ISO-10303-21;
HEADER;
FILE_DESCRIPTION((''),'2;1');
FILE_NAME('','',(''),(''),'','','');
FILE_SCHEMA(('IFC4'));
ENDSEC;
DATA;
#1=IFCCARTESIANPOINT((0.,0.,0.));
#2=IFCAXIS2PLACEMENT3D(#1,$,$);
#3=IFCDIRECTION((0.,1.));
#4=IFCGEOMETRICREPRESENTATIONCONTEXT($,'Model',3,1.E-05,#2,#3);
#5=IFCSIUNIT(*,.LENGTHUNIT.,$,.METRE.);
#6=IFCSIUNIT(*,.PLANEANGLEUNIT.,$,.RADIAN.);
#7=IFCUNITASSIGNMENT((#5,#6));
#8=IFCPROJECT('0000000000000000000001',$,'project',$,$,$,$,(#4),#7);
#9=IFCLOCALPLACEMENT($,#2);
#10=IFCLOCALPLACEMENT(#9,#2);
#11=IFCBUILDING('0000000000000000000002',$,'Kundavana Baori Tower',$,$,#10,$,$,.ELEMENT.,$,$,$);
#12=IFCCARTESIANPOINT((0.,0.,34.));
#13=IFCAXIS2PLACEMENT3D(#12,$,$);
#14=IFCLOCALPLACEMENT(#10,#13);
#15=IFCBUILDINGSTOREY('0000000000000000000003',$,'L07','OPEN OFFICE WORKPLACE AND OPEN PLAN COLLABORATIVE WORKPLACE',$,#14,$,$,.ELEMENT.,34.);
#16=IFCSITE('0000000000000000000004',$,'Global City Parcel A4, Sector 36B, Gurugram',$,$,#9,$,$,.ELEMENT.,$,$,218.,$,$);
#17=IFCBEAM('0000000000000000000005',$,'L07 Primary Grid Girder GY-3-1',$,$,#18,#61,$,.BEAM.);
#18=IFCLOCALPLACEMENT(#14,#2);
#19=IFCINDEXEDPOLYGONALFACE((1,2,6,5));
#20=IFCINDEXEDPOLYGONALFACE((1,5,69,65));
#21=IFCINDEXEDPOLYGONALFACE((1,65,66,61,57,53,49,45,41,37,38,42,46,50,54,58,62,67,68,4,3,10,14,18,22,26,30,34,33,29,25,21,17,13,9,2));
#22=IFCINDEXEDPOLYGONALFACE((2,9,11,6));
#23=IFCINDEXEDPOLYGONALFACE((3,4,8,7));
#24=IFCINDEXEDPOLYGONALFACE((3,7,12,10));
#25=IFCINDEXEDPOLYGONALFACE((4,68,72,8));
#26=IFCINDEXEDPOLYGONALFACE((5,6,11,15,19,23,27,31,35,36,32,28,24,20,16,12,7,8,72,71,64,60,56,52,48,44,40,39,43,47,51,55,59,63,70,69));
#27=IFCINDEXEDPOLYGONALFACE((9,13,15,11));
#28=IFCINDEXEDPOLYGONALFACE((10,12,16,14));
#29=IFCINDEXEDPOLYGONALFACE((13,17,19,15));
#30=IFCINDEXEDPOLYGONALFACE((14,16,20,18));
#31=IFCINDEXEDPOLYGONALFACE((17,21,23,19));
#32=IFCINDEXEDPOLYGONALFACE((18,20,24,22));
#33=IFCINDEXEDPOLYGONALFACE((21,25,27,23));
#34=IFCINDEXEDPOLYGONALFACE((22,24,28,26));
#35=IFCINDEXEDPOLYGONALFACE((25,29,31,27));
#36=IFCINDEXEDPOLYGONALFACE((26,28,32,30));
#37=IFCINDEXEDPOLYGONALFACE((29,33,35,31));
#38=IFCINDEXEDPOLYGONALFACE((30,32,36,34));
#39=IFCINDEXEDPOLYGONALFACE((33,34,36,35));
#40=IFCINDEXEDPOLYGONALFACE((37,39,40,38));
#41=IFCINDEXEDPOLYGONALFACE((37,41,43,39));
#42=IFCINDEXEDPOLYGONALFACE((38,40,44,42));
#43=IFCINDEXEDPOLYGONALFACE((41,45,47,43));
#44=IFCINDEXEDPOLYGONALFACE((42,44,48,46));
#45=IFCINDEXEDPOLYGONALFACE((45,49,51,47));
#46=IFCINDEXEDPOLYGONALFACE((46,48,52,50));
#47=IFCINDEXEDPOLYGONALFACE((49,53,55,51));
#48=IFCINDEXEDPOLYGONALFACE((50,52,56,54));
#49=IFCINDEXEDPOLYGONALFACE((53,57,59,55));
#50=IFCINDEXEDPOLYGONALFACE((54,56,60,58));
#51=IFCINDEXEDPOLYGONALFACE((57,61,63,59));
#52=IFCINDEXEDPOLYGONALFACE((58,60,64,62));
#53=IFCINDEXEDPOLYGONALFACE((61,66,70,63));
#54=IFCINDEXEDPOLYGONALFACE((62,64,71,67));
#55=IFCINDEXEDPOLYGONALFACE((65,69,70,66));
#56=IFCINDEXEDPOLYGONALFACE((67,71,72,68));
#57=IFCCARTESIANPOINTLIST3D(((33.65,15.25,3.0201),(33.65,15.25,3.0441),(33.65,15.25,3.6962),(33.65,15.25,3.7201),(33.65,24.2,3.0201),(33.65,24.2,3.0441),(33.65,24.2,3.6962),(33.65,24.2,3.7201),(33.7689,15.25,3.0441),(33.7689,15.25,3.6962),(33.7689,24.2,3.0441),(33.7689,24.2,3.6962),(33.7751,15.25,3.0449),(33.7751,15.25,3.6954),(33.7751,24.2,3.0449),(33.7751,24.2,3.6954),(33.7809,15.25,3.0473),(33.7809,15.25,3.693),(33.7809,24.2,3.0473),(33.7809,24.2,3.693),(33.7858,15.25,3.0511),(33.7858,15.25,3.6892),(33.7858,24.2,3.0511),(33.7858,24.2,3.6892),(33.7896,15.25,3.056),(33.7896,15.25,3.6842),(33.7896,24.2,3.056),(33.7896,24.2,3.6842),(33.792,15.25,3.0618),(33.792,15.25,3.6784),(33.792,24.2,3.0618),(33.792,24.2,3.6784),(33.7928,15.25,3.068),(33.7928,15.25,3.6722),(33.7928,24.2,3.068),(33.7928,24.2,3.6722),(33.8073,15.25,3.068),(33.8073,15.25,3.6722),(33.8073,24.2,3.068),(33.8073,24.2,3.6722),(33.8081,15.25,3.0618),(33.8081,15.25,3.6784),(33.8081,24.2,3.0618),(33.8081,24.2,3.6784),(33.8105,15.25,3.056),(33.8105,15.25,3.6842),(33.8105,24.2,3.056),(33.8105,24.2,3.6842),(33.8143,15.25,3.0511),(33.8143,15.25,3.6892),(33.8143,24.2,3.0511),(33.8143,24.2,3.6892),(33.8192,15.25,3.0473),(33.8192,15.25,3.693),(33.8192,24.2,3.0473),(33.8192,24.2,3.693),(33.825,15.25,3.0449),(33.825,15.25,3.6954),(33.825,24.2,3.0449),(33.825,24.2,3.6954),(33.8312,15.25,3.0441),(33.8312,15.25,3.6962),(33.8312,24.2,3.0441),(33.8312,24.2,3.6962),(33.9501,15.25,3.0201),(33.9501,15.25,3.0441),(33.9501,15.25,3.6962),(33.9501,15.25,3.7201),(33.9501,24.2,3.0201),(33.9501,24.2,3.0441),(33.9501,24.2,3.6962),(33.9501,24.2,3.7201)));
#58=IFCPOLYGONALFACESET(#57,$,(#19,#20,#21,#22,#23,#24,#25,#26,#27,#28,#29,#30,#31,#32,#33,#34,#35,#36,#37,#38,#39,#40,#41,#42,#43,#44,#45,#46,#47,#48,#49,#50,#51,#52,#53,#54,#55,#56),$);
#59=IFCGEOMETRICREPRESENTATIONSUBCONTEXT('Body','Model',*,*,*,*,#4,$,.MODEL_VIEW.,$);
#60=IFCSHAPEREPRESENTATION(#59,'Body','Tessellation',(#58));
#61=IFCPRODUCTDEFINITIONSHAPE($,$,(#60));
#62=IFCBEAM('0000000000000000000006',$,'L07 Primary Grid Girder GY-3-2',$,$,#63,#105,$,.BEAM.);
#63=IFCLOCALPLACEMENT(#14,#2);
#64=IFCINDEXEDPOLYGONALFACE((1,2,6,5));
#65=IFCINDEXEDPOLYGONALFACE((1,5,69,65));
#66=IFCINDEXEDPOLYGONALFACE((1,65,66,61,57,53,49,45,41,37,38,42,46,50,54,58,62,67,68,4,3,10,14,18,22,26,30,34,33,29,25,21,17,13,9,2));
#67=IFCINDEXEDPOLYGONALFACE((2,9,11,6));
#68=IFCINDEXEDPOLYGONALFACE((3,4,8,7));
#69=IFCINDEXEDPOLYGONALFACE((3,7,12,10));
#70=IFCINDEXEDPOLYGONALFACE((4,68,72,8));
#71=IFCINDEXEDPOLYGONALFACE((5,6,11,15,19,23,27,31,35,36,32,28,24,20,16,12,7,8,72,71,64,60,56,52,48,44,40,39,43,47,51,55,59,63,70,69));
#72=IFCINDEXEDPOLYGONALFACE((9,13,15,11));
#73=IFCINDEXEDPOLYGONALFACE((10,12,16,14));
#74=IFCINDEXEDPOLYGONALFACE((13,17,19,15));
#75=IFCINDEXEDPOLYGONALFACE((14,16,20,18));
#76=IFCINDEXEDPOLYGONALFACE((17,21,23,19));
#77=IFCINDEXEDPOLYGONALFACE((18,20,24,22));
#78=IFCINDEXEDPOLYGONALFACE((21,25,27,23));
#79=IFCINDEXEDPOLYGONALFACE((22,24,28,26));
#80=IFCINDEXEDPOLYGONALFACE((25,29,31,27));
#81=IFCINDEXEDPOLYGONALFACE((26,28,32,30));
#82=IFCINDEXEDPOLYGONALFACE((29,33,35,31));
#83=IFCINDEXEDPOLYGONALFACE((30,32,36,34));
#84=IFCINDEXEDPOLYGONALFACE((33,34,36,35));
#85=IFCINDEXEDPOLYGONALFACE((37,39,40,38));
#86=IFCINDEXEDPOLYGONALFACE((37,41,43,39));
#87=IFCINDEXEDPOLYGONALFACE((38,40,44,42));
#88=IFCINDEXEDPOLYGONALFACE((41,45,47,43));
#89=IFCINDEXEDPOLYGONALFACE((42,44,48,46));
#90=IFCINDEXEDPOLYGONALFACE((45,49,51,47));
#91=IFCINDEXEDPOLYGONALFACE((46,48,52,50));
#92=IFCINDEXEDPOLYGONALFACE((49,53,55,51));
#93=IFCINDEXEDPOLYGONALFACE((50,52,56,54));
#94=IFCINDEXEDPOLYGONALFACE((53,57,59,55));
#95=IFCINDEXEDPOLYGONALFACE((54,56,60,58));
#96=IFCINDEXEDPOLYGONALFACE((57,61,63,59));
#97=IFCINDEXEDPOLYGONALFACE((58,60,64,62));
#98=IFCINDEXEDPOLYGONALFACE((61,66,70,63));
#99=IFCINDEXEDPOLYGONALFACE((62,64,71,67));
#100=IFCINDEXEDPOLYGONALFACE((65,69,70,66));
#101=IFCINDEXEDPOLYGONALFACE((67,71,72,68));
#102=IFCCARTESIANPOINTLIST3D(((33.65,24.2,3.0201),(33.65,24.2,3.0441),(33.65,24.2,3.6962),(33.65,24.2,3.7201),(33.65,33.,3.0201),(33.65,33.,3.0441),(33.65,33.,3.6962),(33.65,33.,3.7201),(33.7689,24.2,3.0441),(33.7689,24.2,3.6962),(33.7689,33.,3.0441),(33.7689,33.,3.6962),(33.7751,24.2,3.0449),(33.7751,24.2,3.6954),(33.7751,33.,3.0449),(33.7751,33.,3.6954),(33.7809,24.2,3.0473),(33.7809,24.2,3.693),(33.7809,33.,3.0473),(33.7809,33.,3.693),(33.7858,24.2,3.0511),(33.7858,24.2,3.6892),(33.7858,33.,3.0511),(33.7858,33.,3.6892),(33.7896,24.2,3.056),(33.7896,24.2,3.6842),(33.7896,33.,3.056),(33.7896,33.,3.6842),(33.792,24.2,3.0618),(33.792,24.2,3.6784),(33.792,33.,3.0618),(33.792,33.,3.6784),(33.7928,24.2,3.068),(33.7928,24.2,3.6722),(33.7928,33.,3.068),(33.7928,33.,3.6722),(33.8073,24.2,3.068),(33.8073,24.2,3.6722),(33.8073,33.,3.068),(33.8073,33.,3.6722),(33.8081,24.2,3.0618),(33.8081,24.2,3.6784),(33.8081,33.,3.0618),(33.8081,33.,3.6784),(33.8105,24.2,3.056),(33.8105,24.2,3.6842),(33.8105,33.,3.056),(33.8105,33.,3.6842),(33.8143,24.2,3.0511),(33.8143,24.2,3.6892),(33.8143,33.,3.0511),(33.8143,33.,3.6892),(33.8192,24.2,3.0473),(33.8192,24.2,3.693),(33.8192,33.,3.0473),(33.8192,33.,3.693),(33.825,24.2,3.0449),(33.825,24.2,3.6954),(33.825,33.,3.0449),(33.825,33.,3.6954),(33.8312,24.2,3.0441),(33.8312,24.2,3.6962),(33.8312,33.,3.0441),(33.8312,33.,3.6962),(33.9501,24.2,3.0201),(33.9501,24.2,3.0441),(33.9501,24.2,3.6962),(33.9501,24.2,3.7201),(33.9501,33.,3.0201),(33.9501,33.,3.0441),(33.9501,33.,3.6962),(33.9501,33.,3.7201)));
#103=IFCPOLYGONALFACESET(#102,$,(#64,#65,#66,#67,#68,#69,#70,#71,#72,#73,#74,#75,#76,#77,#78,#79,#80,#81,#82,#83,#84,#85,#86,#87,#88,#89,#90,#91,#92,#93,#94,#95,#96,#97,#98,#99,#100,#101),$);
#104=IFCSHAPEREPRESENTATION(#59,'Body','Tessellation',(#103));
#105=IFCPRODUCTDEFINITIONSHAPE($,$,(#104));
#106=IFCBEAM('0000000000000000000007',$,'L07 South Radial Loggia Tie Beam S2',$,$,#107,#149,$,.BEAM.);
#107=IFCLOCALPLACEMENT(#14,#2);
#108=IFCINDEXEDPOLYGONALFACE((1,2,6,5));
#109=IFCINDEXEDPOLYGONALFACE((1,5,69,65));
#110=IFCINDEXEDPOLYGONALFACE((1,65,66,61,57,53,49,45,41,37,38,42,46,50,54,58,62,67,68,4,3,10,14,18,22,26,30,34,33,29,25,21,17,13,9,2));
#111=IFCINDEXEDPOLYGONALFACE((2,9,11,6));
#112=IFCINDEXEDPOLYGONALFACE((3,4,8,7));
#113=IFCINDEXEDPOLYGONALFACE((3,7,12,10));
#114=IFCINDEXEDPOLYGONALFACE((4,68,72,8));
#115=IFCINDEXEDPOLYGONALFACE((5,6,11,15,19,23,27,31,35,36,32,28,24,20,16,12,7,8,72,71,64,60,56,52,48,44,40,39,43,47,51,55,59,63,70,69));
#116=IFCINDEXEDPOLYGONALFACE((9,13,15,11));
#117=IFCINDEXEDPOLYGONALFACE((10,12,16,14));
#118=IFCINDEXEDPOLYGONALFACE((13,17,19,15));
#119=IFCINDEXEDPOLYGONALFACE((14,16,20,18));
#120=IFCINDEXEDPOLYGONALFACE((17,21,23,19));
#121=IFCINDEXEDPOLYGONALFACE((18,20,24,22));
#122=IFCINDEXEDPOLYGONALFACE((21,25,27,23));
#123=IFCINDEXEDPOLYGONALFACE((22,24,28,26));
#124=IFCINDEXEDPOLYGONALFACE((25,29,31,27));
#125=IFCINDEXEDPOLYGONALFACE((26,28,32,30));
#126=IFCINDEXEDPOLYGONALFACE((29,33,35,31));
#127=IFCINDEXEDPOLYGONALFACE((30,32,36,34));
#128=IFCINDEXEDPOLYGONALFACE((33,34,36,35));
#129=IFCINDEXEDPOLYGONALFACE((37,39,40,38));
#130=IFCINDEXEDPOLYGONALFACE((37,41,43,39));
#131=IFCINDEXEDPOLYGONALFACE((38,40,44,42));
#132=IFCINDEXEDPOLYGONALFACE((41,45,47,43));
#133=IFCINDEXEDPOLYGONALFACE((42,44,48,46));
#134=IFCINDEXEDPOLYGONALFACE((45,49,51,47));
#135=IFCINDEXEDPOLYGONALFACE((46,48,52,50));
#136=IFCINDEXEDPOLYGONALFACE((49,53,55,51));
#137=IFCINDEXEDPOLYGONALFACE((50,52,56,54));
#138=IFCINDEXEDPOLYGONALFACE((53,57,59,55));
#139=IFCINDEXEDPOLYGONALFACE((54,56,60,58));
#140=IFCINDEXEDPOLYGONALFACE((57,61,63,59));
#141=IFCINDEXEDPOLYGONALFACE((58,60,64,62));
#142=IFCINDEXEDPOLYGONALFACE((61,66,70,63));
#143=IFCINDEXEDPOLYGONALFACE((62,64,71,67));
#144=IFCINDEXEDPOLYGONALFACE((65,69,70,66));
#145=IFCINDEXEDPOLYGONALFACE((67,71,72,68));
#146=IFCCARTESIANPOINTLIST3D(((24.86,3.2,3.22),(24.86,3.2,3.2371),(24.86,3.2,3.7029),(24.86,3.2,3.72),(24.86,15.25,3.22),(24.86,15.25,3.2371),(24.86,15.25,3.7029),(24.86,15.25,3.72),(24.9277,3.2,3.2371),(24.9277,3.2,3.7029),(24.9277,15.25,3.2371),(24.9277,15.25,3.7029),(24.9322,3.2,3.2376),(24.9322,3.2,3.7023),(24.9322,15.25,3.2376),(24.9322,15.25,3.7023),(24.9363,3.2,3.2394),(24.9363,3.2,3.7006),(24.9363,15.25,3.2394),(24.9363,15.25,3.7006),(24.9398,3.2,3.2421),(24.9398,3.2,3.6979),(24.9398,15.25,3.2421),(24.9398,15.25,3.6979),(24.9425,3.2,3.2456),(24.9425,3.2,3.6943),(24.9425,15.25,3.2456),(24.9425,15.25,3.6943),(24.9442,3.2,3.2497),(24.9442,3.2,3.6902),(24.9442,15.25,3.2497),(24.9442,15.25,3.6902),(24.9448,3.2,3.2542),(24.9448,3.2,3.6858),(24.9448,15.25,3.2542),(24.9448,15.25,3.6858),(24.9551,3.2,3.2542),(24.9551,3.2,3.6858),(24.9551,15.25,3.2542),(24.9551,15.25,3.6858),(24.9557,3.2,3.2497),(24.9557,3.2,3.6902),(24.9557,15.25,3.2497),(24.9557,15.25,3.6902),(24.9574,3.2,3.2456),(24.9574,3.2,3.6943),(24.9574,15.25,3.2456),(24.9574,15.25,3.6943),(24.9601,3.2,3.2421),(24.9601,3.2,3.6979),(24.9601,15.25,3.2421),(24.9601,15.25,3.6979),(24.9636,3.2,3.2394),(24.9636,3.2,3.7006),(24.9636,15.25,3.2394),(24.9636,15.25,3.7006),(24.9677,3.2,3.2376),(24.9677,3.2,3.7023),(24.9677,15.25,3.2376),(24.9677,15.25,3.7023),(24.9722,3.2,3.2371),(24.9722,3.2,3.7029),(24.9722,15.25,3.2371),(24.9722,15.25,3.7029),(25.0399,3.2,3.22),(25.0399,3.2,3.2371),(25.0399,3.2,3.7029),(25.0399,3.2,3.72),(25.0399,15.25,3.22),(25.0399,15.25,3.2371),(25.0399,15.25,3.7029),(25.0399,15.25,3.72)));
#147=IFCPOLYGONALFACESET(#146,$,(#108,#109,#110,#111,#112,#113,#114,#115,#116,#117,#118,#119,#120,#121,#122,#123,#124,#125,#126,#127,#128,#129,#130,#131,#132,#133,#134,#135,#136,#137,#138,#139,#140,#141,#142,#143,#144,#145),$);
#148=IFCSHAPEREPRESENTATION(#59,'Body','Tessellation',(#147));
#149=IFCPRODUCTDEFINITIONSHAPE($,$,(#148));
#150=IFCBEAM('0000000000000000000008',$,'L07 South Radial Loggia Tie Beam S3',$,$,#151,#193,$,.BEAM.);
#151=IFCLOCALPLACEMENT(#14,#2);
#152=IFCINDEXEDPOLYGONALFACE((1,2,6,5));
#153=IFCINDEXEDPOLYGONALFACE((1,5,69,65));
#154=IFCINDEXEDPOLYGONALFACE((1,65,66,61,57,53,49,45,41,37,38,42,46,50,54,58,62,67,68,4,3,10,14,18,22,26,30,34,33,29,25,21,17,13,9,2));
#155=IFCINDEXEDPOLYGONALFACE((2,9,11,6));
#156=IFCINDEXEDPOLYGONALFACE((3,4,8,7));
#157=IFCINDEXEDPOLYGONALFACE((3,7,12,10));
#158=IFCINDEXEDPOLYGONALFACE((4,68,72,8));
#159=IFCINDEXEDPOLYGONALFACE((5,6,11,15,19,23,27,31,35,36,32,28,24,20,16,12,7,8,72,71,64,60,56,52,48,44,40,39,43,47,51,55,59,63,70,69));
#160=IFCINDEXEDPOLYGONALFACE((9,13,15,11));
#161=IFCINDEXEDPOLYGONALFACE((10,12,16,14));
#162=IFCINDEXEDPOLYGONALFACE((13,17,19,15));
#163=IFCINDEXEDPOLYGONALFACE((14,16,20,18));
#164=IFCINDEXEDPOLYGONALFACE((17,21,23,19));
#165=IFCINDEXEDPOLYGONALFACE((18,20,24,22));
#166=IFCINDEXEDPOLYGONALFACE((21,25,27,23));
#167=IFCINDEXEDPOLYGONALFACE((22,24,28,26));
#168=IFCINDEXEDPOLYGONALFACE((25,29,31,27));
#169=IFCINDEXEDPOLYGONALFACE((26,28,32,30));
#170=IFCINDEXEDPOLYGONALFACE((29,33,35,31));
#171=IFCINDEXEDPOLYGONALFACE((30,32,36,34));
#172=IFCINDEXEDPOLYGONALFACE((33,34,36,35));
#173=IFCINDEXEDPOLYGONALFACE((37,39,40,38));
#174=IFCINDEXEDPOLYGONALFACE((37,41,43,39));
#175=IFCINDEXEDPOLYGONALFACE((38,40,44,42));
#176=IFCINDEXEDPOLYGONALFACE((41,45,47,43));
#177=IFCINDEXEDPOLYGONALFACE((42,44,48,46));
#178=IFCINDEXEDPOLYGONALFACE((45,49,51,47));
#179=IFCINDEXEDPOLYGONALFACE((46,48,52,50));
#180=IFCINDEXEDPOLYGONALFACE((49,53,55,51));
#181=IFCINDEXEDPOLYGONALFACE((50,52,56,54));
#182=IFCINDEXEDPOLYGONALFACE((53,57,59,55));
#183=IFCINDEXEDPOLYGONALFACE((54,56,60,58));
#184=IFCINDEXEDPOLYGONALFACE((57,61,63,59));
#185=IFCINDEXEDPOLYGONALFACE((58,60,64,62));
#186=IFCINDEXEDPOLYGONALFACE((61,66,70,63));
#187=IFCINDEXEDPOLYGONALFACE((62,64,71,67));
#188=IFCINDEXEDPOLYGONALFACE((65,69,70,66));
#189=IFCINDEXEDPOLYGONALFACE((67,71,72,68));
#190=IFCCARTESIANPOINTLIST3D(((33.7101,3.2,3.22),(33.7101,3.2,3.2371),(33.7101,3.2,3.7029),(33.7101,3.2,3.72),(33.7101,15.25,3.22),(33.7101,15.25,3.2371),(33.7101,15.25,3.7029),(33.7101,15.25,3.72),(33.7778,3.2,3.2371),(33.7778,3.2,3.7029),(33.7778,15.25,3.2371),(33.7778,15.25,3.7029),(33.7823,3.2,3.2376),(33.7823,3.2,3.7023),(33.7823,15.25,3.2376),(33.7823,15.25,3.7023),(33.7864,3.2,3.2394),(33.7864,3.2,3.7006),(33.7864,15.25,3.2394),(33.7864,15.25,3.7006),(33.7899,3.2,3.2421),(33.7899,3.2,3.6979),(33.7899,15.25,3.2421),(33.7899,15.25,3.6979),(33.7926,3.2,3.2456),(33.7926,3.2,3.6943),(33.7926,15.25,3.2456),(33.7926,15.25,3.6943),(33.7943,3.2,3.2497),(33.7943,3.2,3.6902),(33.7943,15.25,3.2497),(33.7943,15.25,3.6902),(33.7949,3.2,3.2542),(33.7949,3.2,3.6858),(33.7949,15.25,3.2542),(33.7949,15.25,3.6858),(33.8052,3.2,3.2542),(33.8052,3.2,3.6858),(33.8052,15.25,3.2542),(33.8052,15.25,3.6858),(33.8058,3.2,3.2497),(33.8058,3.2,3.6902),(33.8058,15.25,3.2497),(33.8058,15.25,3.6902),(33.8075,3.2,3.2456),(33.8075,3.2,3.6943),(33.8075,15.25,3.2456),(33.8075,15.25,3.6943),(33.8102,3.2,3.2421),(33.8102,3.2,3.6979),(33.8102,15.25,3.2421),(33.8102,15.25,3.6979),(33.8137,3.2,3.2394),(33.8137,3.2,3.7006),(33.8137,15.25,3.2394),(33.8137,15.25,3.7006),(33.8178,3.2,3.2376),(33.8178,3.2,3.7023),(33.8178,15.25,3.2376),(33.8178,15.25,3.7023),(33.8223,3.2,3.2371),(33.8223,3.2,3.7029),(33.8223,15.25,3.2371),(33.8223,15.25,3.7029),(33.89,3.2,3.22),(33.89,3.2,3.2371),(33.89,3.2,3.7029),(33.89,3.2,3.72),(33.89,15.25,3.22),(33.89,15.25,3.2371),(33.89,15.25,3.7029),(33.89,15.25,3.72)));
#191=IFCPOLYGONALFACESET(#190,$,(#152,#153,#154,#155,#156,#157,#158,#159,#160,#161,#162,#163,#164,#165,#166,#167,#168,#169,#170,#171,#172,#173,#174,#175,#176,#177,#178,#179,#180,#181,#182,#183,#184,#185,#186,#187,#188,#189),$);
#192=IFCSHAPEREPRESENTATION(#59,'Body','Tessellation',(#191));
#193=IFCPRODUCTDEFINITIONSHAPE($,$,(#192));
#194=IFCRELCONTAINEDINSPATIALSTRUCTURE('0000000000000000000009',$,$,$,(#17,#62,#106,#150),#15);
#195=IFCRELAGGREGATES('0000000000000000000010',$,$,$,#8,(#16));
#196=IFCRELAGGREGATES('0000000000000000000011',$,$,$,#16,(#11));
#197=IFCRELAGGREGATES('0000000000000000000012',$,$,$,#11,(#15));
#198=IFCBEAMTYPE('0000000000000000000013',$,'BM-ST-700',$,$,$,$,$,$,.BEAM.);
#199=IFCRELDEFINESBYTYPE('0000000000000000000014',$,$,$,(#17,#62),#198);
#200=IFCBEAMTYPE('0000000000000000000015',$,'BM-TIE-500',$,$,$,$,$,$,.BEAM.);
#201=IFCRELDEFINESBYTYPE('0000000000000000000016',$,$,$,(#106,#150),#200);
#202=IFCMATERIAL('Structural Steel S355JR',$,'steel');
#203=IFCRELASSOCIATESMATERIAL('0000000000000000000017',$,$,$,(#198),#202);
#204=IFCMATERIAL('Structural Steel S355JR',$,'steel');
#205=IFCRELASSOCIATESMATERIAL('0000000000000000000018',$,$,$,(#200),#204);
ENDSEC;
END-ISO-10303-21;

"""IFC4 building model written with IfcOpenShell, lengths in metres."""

from ifc_helpers import new_model, si_unit, direction, frame, origin, origin_2d, place, context, subcontext, project, spatial, i_section, extrude, material, material_profile, profile_set, type_object, element, save


model = new_model("IFC4")

# Units and contexts
model_context = context("Model", 3, precision=1e-05, world=origin(), true_north=direction((0.0, 1.0)))
body_context = subcontext(model_context, "Body", "Model", "MODEL_VIEW")
ifc_project = project(units=[si_unit("LENGTHUNIT", "METRE"), si_unit("PLANEANGLEUNIT", "RADIAN")], contexts=[model_context])

# Site, building, storey
site_placement = place(None, origin())
site = spatial("IfcSite", under=ifc_project, at=site_placement, Name="Global City Parcel A4, Sector 36B, Gurugram", CompositionType="ELEMENT", RefElevation=218.0)
building_placement = place(site_placement, origin())
building = spatial("IfcBuilding", under=site, at=building_placement, Name="Kundavana Baori Tower", CompositionType="ELEMENT")
storey_placement = place(building_placement, frame((0.0, 0.0, 34.0)))
storey = spatial("IfcBuildingStorey", under=building, at=storey_placement, Name="L07", Description="OPEN OFFICE WORKPLACE AND OPEN PLAN COLLABORATIVE WORKPLACE", CompositionType="ELEMENT", Elevation=34.0)

# Beams
ifc_material_1 = material(Name="Structural Steel S355JR", Category="steel")
ifc_material_profile_1 = material_profile(ifc_material_1, i_section(OverallWidth=0.3, OverallDepth=0.7, WebThickness=0.0144, FlangeThickness=0.0239, FilletRadius=0.0239, at=origin_2d()), Name="NPB 700x300x170")
ifc_profile_set_1 = profile_set([ifc_material_profile_1], Name="Structural Steel S355JR")
beam_type_1 = type_object("IfcBeamType", Name="BM-ST-700", PredefinedType="BEAM", material=ifc_profile_set_1)
beam_1_placement = place(storey_placement, frame((33.8, 15.25, 3.3701), z_axis=(0.0, 1.0, 0.0), x_axis=(-1.0, 0.0, 0.0)))
element("IfcBeam", 1, at=beam_1_placement, inside=storey, type_object=beam_type_1, Name="L07 Primary Grid Girder GY-3-1", PredefinedType="BEAM", context=body_context, shape_type="SweptSolid", body=[
    extrude(i_section(OverallWidth=0.3, OverallDepth=0.7, WebThickness=0.0144, FlangeThickness=0.0239, FilletRadius=0.0239, at=origin_2d()), origin(), (0.0, 0.0, 1.0), 8.95),
])
beam_2_placement = place(storey_placement, frame((33.8, 24.2, 3.3701), z_axis=(0.0, 1.0, 0.0), x_axis=(-1.0, 0.0, 0.0)))
element("IfcBeam", 2, at=beam_2_placement, inside=storey, type_object=beam_type_1, Name="L07 Primary Grid Girder GY-3-2", PredefinedType="BEAM", context=body_context, shape_type="SweptSolid", body=[
    extrude(i_section(OverallWidth=0.3, OverallDepth=0.7, WebThickness=0.0144, FlangeThickness=0.0239, FilletRadius=0.0239, at=origin_2d()), origin(), (0.0, 0.0, 1.0), 8.8),
])
ifc_material_2 = material(Name="Structural Steel S355JR", Category="steel")
ifc_material_profile_2 = material_profile(ifc_material_2, i_section(OverallWidth=0.1799, OverallDepth=0.5, WebThickness=0.0103, FlangeThickness=0.0171, FilletRadius=0.0171, at=origin_2d()), Name="ISMB 500")
ifc_profile_set_2 = profile_set([ifc_material_profile_2], Name="Structural Steel S355JR")
beam_type_2 = type_object("IfcBeamType", Name="BM-TIE-500", PredefinedType="BEAM", material=ifc_profile_set_2)
for number, where, z_axis, x_axis, name in (
    (3, (24.95, 15.25, 3.47), (0.0, -1.0, 0.0), (1.0, 0.0, 0.0), "L07 South Radial Loggia Tie Beam S2"),
    (4, (33.8, 15.25, 3.47), (0.0, -1.0, 0.0), (1.0, 0.0, 0.0), "L07 South Radial Loggia Tie Beam S3"),
):
    element("IfcBeam", number, at=place(storey_placement, frame(where, z_axis=z_axis, x_axis=x_axis)), inside=storey, type_object=beam_type_2, Name=name, PredefinedType="BEAM", context=body_context, shape_type="SweptSolid", body=[
        extrude(i_section(OverallWidth=0.1799, OverallDepth=0.5, WebThickness=0.0103, FlangeThickness=0.0171, FilletRadius=0.0171, at=origin_2d()), origin(), (0.0, 0.0, 1.0), 12.05),
    ])

save(model, "model.ifc")
